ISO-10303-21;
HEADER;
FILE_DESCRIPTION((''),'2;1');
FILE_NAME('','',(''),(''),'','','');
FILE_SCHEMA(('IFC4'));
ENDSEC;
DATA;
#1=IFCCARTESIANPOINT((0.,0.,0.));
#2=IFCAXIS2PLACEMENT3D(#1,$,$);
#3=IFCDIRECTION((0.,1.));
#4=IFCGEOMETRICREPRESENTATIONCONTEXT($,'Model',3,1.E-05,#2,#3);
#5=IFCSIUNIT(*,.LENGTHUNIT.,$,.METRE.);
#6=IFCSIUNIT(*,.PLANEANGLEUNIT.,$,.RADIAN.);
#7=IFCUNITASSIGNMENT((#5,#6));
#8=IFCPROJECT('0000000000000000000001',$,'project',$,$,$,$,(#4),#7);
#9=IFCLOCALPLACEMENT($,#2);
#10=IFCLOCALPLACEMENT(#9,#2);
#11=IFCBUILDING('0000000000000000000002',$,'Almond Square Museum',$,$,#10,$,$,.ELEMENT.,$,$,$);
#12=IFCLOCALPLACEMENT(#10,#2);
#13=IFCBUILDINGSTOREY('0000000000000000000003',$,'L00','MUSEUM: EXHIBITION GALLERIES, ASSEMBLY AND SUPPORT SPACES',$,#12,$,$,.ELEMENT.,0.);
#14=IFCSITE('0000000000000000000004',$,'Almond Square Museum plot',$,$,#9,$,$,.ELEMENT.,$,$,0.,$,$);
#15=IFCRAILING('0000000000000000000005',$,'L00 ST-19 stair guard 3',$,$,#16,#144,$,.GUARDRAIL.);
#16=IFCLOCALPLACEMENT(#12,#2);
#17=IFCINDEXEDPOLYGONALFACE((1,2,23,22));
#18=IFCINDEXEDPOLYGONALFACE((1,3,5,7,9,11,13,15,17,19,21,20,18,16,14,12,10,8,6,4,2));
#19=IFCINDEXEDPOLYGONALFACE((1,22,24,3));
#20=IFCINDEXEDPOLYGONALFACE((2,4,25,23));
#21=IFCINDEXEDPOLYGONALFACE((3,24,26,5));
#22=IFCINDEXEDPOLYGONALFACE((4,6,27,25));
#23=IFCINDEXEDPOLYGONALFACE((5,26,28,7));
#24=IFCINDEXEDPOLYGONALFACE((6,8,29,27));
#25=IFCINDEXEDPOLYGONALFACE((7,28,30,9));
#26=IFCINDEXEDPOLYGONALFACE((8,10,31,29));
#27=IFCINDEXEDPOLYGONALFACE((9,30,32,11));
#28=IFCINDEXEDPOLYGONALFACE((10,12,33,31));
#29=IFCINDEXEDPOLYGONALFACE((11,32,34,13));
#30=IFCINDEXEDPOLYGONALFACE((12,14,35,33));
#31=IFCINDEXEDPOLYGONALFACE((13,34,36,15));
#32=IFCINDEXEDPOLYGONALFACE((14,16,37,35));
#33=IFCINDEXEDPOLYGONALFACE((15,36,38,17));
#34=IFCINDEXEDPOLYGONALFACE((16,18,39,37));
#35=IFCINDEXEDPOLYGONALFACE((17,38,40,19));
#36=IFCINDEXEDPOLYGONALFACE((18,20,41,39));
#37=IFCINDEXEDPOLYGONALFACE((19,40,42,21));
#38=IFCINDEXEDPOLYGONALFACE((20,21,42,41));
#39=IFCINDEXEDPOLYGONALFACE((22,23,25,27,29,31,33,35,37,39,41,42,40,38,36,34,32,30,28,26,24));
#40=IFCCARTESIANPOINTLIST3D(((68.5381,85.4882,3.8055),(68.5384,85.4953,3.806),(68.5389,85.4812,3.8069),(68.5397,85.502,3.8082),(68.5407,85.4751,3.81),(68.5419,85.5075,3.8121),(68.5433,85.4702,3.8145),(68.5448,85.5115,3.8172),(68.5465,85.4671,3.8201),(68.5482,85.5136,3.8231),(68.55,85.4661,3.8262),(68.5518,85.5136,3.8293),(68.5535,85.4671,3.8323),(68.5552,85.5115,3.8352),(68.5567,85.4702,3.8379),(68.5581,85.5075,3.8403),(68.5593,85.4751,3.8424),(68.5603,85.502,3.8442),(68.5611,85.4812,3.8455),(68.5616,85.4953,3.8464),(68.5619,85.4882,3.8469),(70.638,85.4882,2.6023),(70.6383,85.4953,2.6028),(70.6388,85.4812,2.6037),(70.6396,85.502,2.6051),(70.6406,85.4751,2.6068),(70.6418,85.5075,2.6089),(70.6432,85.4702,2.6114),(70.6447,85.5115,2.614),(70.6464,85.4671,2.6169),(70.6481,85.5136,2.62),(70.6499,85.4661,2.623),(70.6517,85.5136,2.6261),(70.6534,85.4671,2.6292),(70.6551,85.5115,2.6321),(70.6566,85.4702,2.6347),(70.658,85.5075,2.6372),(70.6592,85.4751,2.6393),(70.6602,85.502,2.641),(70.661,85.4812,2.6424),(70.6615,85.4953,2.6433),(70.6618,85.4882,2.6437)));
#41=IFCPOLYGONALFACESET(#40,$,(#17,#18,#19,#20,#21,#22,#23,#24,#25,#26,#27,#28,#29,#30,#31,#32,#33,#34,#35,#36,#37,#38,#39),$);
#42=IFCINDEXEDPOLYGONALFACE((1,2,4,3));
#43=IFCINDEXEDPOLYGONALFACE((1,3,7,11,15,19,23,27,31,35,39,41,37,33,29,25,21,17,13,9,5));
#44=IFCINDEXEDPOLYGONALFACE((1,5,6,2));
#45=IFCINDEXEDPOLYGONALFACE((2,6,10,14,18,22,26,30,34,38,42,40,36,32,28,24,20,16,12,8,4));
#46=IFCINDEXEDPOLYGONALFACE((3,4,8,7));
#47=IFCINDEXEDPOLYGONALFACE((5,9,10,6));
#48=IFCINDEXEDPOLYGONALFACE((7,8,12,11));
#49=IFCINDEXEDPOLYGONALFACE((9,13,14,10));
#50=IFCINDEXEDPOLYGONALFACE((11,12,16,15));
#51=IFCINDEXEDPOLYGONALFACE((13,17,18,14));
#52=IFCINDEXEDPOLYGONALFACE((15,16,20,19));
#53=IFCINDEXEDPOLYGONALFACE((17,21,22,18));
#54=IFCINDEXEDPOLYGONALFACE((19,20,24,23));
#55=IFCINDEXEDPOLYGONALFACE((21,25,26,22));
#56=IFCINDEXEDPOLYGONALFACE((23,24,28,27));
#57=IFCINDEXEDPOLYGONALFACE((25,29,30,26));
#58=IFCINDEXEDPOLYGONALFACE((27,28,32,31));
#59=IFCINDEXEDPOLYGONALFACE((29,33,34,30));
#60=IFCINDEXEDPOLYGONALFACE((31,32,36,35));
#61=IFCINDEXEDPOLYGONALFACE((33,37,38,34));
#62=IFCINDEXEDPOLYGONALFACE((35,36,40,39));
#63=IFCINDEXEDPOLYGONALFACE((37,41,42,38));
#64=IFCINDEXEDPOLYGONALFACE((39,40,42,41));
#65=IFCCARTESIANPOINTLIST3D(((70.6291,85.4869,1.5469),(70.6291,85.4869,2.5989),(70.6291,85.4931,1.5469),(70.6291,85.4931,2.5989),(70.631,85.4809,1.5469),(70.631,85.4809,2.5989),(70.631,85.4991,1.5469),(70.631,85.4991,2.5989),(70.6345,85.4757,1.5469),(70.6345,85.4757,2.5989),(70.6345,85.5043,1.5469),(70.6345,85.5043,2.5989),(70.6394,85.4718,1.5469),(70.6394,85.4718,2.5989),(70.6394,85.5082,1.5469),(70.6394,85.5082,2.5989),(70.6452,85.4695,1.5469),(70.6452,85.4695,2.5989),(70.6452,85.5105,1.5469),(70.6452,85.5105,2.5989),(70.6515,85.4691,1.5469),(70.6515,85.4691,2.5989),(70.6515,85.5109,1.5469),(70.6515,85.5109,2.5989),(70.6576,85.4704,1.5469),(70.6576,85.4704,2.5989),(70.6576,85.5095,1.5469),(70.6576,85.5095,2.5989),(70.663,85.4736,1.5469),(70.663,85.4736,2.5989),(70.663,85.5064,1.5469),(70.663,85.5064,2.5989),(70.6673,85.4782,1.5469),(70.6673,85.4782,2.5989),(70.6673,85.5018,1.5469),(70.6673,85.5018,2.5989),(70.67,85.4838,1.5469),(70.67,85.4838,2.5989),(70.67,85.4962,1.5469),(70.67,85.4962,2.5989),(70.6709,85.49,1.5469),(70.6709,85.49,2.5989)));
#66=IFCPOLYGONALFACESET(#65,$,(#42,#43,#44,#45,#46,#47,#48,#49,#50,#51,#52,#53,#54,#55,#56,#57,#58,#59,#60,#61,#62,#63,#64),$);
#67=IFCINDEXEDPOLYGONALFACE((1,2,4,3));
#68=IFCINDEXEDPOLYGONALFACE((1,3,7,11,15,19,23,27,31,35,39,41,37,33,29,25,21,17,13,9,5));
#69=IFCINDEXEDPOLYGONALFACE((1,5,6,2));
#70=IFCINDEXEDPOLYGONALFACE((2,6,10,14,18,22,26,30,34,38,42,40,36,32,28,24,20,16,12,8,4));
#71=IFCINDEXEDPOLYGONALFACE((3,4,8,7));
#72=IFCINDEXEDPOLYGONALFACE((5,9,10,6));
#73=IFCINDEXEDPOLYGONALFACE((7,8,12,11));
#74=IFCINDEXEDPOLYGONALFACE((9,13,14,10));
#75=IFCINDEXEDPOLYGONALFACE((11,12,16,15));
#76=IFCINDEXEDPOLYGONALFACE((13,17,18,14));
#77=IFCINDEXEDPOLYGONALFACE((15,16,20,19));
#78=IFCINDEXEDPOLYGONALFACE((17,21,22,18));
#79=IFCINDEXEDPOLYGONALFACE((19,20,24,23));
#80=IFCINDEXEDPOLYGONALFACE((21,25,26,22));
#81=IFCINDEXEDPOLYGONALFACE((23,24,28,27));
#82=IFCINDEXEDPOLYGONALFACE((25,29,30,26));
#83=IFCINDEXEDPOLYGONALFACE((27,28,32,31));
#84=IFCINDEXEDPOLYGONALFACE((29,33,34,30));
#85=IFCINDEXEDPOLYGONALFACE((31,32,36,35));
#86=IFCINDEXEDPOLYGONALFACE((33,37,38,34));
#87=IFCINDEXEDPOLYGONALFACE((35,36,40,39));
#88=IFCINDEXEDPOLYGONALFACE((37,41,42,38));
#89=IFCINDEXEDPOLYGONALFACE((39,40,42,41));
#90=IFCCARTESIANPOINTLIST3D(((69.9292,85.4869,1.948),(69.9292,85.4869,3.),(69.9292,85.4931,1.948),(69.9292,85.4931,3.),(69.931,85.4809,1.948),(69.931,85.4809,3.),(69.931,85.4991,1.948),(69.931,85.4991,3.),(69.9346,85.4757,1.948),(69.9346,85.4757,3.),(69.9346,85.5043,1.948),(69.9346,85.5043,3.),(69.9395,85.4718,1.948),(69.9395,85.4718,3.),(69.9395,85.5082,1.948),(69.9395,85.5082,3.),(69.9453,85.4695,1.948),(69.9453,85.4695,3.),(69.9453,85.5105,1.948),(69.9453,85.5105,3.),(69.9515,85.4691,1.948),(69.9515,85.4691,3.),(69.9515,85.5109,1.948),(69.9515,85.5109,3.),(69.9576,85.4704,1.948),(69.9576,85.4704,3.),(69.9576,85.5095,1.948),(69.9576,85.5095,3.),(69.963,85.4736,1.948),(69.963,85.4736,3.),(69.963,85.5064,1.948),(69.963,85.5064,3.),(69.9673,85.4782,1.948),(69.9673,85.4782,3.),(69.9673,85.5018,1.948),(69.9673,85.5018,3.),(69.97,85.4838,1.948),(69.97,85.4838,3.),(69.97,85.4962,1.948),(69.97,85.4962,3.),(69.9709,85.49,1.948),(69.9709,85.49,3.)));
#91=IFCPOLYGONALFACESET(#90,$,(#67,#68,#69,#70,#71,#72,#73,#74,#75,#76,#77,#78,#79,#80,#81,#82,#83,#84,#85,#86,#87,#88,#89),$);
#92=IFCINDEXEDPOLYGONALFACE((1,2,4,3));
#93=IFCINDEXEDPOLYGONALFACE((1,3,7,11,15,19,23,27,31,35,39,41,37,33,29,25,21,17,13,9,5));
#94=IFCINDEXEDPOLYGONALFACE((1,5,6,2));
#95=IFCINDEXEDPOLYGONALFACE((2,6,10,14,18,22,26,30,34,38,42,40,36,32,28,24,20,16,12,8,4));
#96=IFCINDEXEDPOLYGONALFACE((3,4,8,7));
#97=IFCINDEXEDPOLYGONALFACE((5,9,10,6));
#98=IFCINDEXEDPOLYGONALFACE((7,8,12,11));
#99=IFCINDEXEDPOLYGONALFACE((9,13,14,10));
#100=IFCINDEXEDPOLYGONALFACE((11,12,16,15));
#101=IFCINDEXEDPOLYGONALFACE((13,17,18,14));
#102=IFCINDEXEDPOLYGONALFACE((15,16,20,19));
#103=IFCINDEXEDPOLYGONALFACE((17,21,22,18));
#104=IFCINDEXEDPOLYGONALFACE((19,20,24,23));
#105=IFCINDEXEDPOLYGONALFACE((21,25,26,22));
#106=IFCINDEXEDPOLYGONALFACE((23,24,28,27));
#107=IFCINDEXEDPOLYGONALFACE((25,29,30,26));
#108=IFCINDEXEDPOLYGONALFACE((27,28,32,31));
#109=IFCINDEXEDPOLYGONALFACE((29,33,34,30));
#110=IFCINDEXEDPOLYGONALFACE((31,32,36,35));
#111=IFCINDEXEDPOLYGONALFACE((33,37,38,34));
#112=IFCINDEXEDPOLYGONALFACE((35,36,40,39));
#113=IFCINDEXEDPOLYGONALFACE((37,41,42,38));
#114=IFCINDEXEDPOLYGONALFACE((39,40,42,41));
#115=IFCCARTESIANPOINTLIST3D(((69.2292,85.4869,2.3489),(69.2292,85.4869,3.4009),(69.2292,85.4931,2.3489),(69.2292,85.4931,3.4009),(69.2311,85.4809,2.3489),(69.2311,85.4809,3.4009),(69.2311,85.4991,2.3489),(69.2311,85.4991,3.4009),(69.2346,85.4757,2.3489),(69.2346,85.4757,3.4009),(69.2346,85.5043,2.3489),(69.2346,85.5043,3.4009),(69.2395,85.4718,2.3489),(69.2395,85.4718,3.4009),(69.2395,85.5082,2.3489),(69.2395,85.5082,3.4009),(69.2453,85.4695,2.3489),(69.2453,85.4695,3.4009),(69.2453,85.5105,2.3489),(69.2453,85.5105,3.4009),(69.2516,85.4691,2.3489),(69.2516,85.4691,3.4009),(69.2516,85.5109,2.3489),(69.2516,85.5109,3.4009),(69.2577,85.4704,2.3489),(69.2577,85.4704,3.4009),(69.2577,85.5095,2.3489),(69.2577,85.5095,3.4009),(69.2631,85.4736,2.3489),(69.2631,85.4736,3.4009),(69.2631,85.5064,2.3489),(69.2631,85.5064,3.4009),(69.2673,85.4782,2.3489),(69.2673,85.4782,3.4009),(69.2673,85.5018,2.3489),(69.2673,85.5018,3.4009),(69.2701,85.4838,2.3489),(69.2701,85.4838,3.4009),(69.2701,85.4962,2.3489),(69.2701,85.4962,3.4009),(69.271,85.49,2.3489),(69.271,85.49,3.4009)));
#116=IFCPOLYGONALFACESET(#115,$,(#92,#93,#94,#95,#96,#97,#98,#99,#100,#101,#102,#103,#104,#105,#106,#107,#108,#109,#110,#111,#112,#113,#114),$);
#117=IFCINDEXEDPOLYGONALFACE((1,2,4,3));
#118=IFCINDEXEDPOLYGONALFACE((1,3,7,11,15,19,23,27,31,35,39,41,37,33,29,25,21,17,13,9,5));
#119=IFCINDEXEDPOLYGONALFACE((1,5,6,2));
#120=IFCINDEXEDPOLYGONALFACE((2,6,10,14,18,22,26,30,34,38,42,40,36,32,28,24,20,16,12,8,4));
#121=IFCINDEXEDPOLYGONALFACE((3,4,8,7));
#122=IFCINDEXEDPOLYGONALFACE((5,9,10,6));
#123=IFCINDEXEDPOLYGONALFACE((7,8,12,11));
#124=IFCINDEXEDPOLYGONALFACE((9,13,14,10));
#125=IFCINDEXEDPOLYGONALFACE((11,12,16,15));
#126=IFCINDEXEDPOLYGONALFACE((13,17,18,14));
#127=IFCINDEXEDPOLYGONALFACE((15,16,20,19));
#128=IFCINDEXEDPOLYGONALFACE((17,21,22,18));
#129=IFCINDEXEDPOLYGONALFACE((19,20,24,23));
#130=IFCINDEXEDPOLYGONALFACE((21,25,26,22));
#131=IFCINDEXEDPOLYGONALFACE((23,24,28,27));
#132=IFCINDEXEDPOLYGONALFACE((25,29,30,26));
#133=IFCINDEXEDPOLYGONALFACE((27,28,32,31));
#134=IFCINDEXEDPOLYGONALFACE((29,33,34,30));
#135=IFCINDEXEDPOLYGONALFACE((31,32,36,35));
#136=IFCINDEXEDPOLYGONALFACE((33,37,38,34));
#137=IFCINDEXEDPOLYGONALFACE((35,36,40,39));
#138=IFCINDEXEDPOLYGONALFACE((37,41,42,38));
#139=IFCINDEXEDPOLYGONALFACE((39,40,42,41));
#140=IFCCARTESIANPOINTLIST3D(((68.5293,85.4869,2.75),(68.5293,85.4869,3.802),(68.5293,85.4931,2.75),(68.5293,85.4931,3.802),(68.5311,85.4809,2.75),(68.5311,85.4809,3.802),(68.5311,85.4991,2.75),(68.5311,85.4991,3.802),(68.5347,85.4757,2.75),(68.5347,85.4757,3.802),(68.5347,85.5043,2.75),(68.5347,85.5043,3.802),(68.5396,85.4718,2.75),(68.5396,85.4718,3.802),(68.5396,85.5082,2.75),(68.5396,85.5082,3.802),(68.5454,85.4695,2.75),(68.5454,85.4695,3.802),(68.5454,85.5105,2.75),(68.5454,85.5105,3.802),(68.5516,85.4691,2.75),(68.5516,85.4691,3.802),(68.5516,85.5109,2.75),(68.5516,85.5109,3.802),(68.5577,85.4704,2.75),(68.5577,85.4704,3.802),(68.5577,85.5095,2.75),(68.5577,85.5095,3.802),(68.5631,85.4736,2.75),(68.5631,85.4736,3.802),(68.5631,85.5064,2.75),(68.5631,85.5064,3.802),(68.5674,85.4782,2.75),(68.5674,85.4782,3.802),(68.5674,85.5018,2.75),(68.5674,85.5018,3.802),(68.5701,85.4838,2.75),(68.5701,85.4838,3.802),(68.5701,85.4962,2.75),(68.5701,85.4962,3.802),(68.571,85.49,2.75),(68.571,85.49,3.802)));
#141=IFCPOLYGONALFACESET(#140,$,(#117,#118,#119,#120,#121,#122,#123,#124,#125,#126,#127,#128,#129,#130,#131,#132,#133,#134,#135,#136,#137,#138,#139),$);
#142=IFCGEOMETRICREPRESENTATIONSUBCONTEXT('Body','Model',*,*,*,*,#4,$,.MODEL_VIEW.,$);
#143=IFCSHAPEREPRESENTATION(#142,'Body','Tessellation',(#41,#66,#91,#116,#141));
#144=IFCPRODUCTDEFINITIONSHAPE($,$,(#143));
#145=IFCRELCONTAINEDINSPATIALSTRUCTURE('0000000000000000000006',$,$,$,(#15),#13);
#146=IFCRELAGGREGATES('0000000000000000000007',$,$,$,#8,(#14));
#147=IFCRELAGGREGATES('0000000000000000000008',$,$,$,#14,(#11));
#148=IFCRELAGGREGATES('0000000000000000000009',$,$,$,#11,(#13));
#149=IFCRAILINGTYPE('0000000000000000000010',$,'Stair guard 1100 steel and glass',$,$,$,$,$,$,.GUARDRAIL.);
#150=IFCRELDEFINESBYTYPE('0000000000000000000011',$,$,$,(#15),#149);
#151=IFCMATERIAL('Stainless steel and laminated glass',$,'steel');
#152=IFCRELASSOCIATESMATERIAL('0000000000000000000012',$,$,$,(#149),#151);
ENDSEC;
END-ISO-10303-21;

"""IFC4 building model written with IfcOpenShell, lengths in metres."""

from ifc_helpers import new_model, si_unit, direction, frame, origin, origin_2d, place, context, subcontext, project, spatial, circle, extrude, material, type_object, element, save


model = new_model("IFC4")

# Units and contexts
model_context = context("Model", 3, precision=1e-05, world=origin(), true_north=direction((0.0, 1.0)))
body_context = subcontext(model_context, "Body", "Model", "MODEL_VIEW")
ifc_project = project(units=[si_unit("LENGTHUNIT", "METRE"), si_unit("PLANEANGLEUNIT", "RADIAN")], contexts=[model_context])

# Site, building, storey
site_placement = place(None, origin())
site = spatial("IfcSite", under=ifc_project, at=site_placement, Name="Almond Square Museum plot", CompositionType="ELEMENT", RefElevation=0.0)
building_placement = place(site_placement, origin())
building = spatial("IfcBuilding", under=site, at=building_placement, Name="Almond Square Museum", CompositionType="ELEMENT")
storey_placement = place(building_placement, origin())
storey = spatial("IfcBuildingStorey", under=building, at=storey_placement, Name="L00", Description="MUSEUM: EXHIBITION GALLERIES, ASSEMBLY AND SUPPORT SPACES", CompositionType="ELEMENT", Elevation=0.0)

# Railing
ifc_material_1 = material(Name="Stainless steel and laminated glass", Category="steel")
railing_type_1 = type_object("IfcRailingType", Name="Stair guard 1100 steel and glass", PredefinedType="GUARDRAIL", material=ifc_material_1)
railing_1_placement = place(storey_placement, frame((70.6499, 85.49, 1.5469)))
element("IfcRailing", 1, at=railing_1_placement, inside=storey, type_object=railing_type_1, Name="L00 ST-19 stair guard 3", PredefinedType="GUARDRAIL", context=body_context, shape_type="SweptSolid", body=[
    extrude(circle(Radius=0.0239, at=origin_2d()), frame((0.0, 0.0, 1.0762), z_axis=(-0.867671, 0.0, 0.497138), x_axis=(0.0, -1.0, 0.0)), (0.0, 0.0, 1.0), 2.4202),
    extrude(circle(Radius=0.021, at=origin_2d()), origin(), (0.0, 0.0, 1.0), 1.052),
    extrude(circle(Radius=0.021, at=origin_2d()), frame((-0.7, 0.0, 0.4011)), (0.0, 0.0, 1.0), 1.052),
    extrude(circle(Radius=0.021, at=origin_2d()), frame((-1.3999, 0.0, 0.802)), (0.0, 0.0, 1.0), 1.052),
    extrude(circle(Radius=0.021, at=origin_2d()), frame((-2.0999, 0.0, 1.2031)), (0.0, 0.0, 1.0), 1.052),
])

save(model, "model.ifc")
